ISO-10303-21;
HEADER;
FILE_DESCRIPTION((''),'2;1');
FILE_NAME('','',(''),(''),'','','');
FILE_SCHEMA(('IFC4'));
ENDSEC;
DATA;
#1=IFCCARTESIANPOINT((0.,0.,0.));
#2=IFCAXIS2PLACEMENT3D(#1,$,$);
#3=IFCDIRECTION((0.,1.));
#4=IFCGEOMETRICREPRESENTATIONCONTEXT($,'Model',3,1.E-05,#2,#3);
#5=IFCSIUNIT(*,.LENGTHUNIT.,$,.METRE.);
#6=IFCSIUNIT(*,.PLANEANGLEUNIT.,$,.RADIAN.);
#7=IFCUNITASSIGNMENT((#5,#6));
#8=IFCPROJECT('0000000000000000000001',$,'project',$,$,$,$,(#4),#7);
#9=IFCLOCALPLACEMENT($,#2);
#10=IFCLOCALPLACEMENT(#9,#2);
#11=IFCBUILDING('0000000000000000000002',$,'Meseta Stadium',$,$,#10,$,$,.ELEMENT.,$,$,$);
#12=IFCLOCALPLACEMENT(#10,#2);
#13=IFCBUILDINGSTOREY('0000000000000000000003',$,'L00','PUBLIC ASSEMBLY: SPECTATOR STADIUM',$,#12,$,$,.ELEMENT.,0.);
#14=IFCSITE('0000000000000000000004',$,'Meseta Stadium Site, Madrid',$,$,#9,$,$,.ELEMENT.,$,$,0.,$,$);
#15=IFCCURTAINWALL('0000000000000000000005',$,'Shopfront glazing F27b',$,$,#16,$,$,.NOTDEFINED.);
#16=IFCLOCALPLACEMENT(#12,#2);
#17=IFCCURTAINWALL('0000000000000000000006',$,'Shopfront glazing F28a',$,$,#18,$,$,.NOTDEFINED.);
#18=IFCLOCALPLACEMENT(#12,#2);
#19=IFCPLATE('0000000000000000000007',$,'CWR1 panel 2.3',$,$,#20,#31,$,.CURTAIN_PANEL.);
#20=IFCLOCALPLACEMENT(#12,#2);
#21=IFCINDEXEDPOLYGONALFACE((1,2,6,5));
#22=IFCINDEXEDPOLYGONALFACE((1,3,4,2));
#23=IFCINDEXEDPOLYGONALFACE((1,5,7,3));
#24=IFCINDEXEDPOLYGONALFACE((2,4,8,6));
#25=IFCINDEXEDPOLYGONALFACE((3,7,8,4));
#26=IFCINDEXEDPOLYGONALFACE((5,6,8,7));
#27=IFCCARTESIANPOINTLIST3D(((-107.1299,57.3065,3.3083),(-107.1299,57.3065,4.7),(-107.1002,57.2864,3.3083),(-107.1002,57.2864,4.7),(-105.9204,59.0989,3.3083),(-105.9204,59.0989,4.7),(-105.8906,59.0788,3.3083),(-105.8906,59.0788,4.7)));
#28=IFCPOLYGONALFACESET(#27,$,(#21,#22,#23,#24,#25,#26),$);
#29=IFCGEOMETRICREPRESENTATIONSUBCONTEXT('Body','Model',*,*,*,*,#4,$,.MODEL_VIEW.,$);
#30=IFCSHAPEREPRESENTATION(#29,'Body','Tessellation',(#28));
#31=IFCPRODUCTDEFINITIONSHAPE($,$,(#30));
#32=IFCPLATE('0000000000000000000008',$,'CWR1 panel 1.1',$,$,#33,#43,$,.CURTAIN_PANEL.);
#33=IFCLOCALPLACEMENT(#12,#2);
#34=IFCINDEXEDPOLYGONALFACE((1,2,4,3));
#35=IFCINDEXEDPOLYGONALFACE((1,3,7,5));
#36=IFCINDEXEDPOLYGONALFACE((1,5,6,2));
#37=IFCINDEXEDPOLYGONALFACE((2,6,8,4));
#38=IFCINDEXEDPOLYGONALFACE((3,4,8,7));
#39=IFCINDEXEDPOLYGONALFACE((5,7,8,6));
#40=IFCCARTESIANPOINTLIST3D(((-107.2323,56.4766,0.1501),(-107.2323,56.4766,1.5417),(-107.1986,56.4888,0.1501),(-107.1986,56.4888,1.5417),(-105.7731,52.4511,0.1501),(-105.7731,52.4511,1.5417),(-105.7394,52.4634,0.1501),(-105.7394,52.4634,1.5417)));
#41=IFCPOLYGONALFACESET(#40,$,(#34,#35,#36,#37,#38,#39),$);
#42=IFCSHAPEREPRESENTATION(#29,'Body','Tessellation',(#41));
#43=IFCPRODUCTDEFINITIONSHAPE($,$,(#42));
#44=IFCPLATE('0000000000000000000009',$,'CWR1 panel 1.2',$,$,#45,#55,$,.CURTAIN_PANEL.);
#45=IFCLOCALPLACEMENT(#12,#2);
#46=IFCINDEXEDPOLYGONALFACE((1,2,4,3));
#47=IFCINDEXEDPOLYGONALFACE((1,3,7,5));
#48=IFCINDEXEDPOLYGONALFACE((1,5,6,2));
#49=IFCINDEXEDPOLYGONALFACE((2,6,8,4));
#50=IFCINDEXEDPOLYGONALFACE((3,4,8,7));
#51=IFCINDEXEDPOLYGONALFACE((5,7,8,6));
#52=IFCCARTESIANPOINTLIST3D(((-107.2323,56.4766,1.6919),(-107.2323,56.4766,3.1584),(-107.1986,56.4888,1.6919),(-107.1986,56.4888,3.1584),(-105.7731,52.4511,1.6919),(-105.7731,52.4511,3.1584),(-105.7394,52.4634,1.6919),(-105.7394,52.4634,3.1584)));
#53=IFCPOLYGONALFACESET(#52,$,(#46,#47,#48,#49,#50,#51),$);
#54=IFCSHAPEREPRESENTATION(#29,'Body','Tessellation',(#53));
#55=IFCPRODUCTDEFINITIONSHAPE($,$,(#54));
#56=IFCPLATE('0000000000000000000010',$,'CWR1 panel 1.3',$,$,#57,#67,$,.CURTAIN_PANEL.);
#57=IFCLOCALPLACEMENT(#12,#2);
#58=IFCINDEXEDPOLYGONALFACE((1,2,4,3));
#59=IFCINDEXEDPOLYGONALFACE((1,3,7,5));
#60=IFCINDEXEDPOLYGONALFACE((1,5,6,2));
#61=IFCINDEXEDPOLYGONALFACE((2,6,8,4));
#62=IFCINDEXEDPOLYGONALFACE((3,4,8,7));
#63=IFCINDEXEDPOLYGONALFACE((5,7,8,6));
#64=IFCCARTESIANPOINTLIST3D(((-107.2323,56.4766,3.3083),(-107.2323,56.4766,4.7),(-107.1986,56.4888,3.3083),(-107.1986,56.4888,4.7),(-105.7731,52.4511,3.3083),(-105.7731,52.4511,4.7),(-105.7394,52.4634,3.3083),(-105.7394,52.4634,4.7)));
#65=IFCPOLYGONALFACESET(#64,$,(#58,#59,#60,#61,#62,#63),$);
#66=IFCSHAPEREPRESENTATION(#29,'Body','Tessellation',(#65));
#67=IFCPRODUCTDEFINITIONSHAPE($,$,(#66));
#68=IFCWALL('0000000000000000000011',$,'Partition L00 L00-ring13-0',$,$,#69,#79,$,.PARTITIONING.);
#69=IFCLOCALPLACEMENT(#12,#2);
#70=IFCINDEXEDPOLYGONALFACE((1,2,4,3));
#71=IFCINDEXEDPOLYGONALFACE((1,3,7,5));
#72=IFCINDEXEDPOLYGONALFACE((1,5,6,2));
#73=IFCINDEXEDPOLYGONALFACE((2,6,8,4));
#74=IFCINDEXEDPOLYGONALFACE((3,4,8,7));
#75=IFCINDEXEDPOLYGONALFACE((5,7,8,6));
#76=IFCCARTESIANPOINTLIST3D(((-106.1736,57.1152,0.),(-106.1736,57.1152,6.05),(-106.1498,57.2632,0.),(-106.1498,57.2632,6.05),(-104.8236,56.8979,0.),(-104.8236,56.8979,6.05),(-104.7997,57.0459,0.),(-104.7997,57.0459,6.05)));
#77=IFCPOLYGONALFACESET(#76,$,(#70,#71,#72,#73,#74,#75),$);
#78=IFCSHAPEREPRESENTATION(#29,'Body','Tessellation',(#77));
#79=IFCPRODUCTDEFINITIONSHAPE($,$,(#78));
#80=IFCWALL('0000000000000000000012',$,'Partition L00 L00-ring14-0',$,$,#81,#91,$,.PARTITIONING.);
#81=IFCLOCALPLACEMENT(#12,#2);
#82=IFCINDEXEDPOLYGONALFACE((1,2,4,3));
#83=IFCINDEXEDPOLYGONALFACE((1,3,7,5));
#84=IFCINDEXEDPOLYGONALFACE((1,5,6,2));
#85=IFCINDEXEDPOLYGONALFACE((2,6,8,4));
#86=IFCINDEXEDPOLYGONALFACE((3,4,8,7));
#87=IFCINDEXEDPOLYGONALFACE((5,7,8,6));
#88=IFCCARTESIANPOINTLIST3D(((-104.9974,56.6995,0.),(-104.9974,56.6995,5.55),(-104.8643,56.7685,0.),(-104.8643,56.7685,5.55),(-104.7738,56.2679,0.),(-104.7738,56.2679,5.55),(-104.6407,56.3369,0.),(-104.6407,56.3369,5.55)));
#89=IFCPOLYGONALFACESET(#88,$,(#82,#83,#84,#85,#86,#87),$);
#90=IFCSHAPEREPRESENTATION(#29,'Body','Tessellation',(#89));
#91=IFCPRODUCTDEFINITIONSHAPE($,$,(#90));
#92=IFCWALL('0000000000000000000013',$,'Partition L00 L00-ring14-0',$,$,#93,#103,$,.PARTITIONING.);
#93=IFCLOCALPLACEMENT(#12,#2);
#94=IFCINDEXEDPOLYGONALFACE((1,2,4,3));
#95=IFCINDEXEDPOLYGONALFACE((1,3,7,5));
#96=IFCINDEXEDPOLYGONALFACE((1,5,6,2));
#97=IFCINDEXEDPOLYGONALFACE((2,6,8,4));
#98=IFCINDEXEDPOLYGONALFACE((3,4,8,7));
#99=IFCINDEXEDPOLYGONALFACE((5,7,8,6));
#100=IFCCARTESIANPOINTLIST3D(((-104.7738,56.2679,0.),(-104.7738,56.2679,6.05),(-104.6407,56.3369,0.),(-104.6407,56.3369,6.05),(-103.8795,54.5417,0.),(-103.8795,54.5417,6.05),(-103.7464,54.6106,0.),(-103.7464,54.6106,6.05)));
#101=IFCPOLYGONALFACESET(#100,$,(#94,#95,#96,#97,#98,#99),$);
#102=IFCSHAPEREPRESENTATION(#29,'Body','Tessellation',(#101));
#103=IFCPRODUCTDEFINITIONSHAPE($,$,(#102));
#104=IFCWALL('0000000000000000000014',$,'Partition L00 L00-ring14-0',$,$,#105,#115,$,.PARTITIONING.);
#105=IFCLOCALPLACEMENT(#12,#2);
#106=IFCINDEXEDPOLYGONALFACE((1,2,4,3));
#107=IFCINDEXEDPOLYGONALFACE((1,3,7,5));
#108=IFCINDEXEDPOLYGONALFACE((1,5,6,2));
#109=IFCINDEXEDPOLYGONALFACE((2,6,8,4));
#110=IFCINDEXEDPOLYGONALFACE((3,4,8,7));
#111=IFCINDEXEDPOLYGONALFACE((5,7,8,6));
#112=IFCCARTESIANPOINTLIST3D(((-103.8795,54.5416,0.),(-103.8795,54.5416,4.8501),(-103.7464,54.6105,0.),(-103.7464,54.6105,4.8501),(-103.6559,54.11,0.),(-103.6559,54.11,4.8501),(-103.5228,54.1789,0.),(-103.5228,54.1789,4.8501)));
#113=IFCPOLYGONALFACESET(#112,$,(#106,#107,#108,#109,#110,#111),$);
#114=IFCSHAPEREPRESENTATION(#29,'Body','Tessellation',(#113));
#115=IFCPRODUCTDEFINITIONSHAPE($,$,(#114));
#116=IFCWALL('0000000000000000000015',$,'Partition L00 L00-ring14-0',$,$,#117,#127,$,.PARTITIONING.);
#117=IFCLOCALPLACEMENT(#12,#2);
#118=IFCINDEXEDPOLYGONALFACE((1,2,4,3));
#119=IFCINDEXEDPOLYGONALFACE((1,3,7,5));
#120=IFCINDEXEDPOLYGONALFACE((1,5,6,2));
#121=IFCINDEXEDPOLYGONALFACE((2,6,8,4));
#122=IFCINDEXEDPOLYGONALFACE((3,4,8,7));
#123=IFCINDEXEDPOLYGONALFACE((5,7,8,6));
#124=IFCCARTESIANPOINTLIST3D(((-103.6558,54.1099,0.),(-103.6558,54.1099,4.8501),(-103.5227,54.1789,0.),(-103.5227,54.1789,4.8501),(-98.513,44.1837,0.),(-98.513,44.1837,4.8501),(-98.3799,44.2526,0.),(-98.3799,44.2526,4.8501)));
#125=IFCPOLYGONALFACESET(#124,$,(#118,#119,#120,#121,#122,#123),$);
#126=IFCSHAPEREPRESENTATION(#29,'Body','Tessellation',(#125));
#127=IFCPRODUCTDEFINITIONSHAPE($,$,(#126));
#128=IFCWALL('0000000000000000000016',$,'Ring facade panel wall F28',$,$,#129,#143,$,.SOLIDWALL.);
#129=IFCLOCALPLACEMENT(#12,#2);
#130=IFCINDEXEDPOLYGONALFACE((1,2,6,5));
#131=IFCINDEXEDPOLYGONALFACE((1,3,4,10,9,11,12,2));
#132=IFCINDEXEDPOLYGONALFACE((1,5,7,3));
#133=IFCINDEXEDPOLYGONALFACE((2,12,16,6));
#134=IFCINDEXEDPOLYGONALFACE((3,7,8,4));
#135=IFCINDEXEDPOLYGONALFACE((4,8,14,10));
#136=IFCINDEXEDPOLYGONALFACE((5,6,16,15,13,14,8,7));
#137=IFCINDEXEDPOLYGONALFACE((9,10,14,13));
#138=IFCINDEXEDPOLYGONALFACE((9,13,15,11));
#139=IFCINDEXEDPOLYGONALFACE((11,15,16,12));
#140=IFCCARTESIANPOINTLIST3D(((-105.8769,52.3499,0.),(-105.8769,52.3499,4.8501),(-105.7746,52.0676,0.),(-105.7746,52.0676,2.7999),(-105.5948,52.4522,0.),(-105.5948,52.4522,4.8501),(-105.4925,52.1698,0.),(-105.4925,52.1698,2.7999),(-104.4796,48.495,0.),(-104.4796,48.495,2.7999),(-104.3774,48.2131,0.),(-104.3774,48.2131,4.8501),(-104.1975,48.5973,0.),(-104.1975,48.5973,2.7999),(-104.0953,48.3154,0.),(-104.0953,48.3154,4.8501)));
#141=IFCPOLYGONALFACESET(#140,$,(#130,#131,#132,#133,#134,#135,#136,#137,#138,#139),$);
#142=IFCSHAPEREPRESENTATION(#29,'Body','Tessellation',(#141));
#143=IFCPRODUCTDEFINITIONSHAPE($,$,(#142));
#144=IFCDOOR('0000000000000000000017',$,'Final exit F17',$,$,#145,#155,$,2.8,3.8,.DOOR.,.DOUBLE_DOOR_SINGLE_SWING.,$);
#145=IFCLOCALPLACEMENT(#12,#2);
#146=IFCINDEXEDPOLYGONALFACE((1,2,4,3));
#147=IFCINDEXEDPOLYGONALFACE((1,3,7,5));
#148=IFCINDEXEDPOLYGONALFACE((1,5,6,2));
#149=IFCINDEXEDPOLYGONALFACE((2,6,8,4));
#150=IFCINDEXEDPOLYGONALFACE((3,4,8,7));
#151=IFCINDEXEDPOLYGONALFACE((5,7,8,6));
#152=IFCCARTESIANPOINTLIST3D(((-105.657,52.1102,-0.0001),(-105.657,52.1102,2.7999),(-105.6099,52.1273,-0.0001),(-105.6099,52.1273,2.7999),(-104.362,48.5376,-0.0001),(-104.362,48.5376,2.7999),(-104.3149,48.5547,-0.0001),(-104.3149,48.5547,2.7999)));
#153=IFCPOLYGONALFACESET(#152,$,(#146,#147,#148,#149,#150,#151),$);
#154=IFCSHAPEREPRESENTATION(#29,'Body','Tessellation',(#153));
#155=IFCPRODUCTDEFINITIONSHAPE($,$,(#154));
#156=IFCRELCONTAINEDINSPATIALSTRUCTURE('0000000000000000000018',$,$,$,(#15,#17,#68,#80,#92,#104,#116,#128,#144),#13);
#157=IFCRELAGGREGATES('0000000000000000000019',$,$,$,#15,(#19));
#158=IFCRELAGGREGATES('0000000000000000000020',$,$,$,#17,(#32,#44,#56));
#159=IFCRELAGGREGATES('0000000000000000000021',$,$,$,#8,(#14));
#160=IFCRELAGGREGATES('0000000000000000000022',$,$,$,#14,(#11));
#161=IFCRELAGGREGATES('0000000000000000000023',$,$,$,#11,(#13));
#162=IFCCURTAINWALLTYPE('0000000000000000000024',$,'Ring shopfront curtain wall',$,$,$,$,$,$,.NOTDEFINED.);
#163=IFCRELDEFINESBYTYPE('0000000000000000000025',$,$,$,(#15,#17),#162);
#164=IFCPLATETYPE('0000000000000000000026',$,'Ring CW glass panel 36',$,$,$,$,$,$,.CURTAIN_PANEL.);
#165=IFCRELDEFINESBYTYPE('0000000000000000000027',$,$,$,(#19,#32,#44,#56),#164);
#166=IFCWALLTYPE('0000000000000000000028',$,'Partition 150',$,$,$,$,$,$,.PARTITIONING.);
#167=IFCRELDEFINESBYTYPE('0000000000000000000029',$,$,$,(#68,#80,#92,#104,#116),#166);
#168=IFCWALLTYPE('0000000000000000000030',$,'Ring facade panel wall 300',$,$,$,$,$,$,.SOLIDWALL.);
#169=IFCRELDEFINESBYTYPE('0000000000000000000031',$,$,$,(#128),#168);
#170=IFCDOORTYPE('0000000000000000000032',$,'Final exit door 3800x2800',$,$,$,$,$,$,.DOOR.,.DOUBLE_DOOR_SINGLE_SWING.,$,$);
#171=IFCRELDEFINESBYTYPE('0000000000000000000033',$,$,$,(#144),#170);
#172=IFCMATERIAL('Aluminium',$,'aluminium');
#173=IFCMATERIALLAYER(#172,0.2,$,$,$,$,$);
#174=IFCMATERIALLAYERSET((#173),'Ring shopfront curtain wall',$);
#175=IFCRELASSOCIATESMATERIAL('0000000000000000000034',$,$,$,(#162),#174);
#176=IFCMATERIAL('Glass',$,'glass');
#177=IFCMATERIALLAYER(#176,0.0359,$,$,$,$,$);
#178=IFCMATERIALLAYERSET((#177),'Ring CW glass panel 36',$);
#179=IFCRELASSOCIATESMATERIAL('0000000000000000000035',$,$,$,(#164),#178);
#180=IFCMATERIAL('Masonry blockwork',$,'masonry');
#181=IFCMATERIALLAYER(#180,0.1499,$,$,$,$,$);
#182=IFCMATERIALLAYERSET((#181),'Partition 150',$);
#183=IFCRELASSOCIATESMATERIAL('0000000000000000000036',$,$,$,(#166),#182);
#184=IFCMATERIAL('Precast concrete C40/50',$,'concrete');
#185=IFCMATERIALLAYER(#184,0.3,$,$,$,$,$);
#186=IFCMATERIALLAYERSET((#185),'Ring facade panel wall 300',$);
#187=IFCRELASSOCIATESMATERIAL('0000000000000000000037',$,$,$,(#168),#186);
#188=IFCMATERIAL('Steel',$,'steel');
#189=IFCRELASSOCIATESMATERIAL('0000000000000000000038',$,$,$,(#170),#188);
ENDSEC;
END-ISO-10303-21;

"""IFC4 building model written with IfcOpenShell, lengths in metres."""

from ifc_helpers import new_model, si_unit, direction, frame, frame_2d, origin, origin_2d, place, context, subcontext, project, spatial, rectangle, extrude, material, layer, layer_set, type_object, element, fill, aggregate, save


model = new_model("IFC4")

# Units and contexts
model_context = context("Model", 3, precision=1e-05, world=origin(), true_north=direction((0.0, 1.0)))
body_context = subcontext(model_context, "Body", "Model", "MODEL_VIEW")
ifc_project = project(units=[si_unit("LENGTHUNIT", "METRE"), si_unit("PLANEANGLEUNIT", "RADIAN")], contexts=[model_context])

# Site, building, storey
site_placement = place(None, origin())
site = spatial("IfcSite", under=ifc_project, at=site_placement, Name="Meseta Stadium Site, Madrid", CompositionType="ELEMENT", RefElevation=0.0)
building_placement = place(site_placement, origin())
building = spatial("IfcBuilding", under=site, at=building_placement, Name="Meseta Stadium", CompositionType="ELEMENT")
storey_placement = place(building_placement, origin())
storey = spatial("IfcBuildingStorey", under=building, at=storey_placement, Name="L00", Description="PUBLIC ASSEMBLY: SPECTATOR STADIUM", CompositionType="ELEMENT", Elevation=0.0)

# Curtain walls
ifc_material_1 = material(Name="Aluminium", Category="aluminium")
ifc_layer_1 = layer(ifc_material_1, 0.2)
ifc_layer_set_1 = layer_set([ifc_layer_1], Name="Ring shopfront curtain wall")
curtain_wall_type = type_object("IfcCurtainWallType", Name="Ring shopfront curtain wall", PredefinedType="NOTDEFINED", material=ifc_layer_set_1)
curtain_wall_1_placement = place(storey_placement, origin())
curtain_wall_1 = element("IfcCurtainWall", 1, at=curtain_wall_1_placement, inside=storey, type_object=curtain_wall_type, Name="Shopfront glazing F27b", PredefinedType="NOTDEFINED")
curtain_wall_2_placement = place(storey_placement, origin())
curtain_wall_2 = element("IfcCurtainWall", 2, at=curtain_wall_2_placement, inside=storey, type_object=curtain_wall_type, Name="Shopfront glazing F28a", PredefinedType="NOTDEFINED")

# Plates
ifc_material_2 = material(Name="Glass", Category="glass")
ifc_layer_2 = layer(ifc_material_2, 0.0359)
ifc_layer_set_2 = layer_set([ifc_layer_2], Name="Ring CW glass panel 36")
plate_type = type_object("IfcPlateType", Name="Ring CW glass panel 36", PredefinedType="CURTAIN_PANEL", material=ifc_layer_set_2)
plate_1_placement = place(storey_placement, frame((-106.5103, 58.1926, 3.3083), z_axis=(0.0, 0.0, 1.0), x_axis=(-0.559368, -0.828919, 0.0)))
plate_1 = element("IfcPlate", 3, at=plate_1_placement, type_object=plate_type, Name="CWR1 panel 2.3", PredefinedType="CURTAIN_PANEL", context=body_context, shape_type="SweptSolid", body=[
    extrude(rectangle(XDim=2.1624, YDim=0.0359, at=origin_2d()), origin(), (0.0, 0.0, 1.0), 1.3916),
])
aggregate(curtain_wall_1, [plate_1])
plate_2_placement = place(storey_placement, frame((-106.4858, 54.47, 0.1501), z_axis=(0.0, 0.0, 1.0), x_axis=(0.3408, -0.940136, 0.0)))
plate_2 = element("IfcPlate", 4, at=plate_2_placement, type_object=plate_type, Name="CWR1 panel 1.1", PredefinedType="CURTAIN_PANEL", context=body_context, shape_type="SweptSolid", body=[
    extrude(rectangle(XDim=4.2817, YDim=0.0359, at=origin_2d()), origin(), (0.0, 0.0, 1.0), 1.3916),
])
plate_3_placement = place(storey_placement, frame((-106.4858, 54.47, 1.6919), z_axis=(0.0, 0.0, 1.0), x_axis=(0.3408, -0.940136, 0.0)))
plate_3 = element("IfcPlate", 5, at=plate_3_placement, type_object=plate_type, Name="CWR1 panel 1.2", PredefinedType="CURTAIN_PANEL", context=body_context, shape_type="SweptSolid", body=[
    extrude(rectangle(XDim=4.2817, YDim=0.0359, at=origin_2d()), origin(), (0.0, 0.0, 1.0), 1.4666),
])
plate_4_placement = place(storey_placement, frame((-106.4858, 54.47, 3.3083), z_axis=(0.0, 0.0, 1.0), x_axis=(0.3408, -0.940136, 0.0)))
plate_4 = element("IfcPlate", 6, at=plate_4_placement, type_object=plate_type, Name="CWR1 panel 1.3", PredefinedType="CURTAIN_PANEL", context=body_context, shape_type="SweptSolid", body=[
    extrude(rectangle(XDim=4.2817, YDim=0.0359, at=origin_2d()), origin(), (0.0, 0.0, 1.0), 1.3916),
])
aggregate(curtain_wall_2, [plate_2, plate_3, plate_4])

# Walls
ifc_material_3 = material(Name="Masonry blockwork", Category="masonry")
ifc_layer_3 = layer(ifc_material_3, 0.1499)
ifc_layer_set_3 = layer_set([ifc_layer_3], Name="Partition 150")
wall_type_1 = type_object("IfcWallType", Name="Partition 150", PredefinedType="PARTITIONING", material=ifc_layer_set_3)
wall_1_placement = place(storey_placement, frame((-104.8118, 56.9719, 0.0), z_axis=(0.0, 0.0, 1.0), x_axis=(-0.987295, 0.158896, 0.0)))
element("IfcWall", 7, at=wall_1_placement, inside=storey, type_object=wall_type_1, Name="Partition L00 L00-ring13-0", PredefinedType="PARTITIONING", context=body_context, shape_type="SweptSolid", body=[
    extrude(rectangle(XDim=1.3674, YDim=0.1499, at=frame_2d((0.6836, 0.0))), origin(), (0.0, 0.0, 1.0), 6.05),
])
wall_2_placement = place(storey_placement, frame((-104.9309, 56.7341, 0.0), z_axis=(0.0, 0.0, 1.0), x_axis=(0.460024, -0.887907, 0.0)))
element("IfcWall", 8, at=wall_2_placement, inside=storey, type_object=wall_type_1, Name="Partition L00 L00-ring14-0", PredefinedType="PARTITIONING", context=body_context, shape_type="SweptSolid", body=[
    extrude(rectangle(XDim=0.4861, YDim=0.1499, at=frame_2d((0.2432, 0.0))), origin(), (0.0, 0.0, 1.0), 5.55),
])
wall_3_placement = place(storey_placement, frame((-104.7073, 56.3025, 0.0), z_axis=(0.0, 0.0, 1.0), x_axis=(0.459976, -0.887931, 0.0)))
element("IfcWall", 9, at=wall_3_placement, inside=storey, type_object=wall_type_1, Name="Partition L00 L00-ring14-0", PredefinedType="PARTITIONING", context=body_context, shape_type="SweptSolid", body=[
    extrude(rectangle(XDim=1.9441, YDim=0.1499, at=frame_2d((0.9722, 0.0))), origin(), (0.0, 0.0, 1.0), 6.05),
])
wall_4_placement = place(storey_placement, frame((-103.813, 54.5762, 0.0), z_axis=(0.0, 0.0, 1.0), x_axis=(0.460024, -0.887907, 0.0)))
element("IfcWall", 10, at=wall_4_placement, inside=storey, type_object=wall_type_1, Name="Partition L00 L00-ring14-0", PredefinedType="PARTITIONING", context=body_context, shape_type="SweptSolid", body=[
    extrude(rectangle(XDim=0.4861, YDim=0.1499, at=frame_2d((0.2432, 0.0))), origin(), (0.0, 0.0, 1.0), 4.8501),
])
wall_5_placement = place(storey_placement, frame((-103.5894, 54.1445, 0.0), z_axis=(0.0, 0.0, 1.0), x_axis=(0.460026, -0.887906, 0.0)))
element("IfcWall", 11, at=wall_5_placement, inside=storey, type_object=wall_type_1, Name="Partition L00 L00-ring14-0", PredefinedType="PARTITIONING", context=body_context, shape_type="SweptSolid", body=[
    extrude(rectangle(XDim=11.1794, YDim=0.1499, at=frame_2d((5.5898, 0.0))), origin(), (0.0, 0.0, 1.0), 4.8501),
])

# Wall, opening, door
ifc_material_4 = material(Name="Precast concrete C40/50", Category="concrete")
ifc_layer_4 = layer(ifc_material_4, 0.3)
ifc_layer_set_4 = layer_set([ifc_layer_4], Name="Ring facade panel wall 300")
wall_type_2 = type_object("IfcWallType", Name="Ring facade panel wall 300", PredefinedType="SOLIDWALL", material=ifc_layer_set_4)
wall_6_placement = place(storey_placement, frame((-104.2363, 48.2642, 0.0), z_axis=(0.0, 0.0, 1.0), x_axis=(-0.34079, 0.94014, 0.0)))
wall_6 = element("IfcWall", 12, at=wall_6_placement, inside=storey, type_object=wall_type_2, Name="Ring facade panel wall F28", PredefinedType="SOLIDWALL", context=body_context, shape_type="SweptSolid", body=[
    extrude(rectangle(XDim=4.4001, YDim=0.3, at=frame_2d((2.2002, 0.0))), origin(), (0.0, 0.0, 1.0), 4.8501),
])
opening_placement = place(wall_6_placement, frame((0.3, 0.0, 0.0)))
opening = element("IfcOpeningElement", 13, at=opening_placement, cuts=wall_6, PredefinedType="OPENING", context=body_context, shape_type="SweptSolid", body=[
    extrude(rectangle(XDim=3.8, YDim=2.8, at=frame_2d((1.8999, 1.3999))), frame((0.0, 0.1599, 0.0), z_axis=(0.0, -1.0, 0.0), x_axis=(1.0, 0.0, 0.0)), (0.0, 0.0, 1.0), 0.3201),
])
ifc_material_5 = material(Name="Steel", Category="steel")
door_type = type_object("IfcDoorType", Name="Final exit door 3800x2800", OperationType="DOUBLE_DOOR_SINGLE_SWING", PredefinedType="DOOR", material=ifc_material_5)
door_placement = place(opening_placement, origin())
door = element("IfcDoor", 14, at=door_placement, inside=storey, type_object=door_type, Name="Final exit F17", OperationType="DOUBLE_DOOR_SINGLE_SWING", OverallHeight=2.8, OverallWidth=3.8, PredefinedType="DOOR", context=body_context, shape_type="SweptSolid", body=[
    extrude(rectangle(XDim=3.8, YDim=2.8, at=frame_2d((1.8999, 1.3999))), frame((0.0, 0.0249, 0.0), z_axis=(0.0, -1.0, 0.0), x_axis=(1.0, 0.0, 0.0)), (0.0, 0.0, 1.0), 0.05),
])
fill(opening, door)

save(model, "model.ifc")
